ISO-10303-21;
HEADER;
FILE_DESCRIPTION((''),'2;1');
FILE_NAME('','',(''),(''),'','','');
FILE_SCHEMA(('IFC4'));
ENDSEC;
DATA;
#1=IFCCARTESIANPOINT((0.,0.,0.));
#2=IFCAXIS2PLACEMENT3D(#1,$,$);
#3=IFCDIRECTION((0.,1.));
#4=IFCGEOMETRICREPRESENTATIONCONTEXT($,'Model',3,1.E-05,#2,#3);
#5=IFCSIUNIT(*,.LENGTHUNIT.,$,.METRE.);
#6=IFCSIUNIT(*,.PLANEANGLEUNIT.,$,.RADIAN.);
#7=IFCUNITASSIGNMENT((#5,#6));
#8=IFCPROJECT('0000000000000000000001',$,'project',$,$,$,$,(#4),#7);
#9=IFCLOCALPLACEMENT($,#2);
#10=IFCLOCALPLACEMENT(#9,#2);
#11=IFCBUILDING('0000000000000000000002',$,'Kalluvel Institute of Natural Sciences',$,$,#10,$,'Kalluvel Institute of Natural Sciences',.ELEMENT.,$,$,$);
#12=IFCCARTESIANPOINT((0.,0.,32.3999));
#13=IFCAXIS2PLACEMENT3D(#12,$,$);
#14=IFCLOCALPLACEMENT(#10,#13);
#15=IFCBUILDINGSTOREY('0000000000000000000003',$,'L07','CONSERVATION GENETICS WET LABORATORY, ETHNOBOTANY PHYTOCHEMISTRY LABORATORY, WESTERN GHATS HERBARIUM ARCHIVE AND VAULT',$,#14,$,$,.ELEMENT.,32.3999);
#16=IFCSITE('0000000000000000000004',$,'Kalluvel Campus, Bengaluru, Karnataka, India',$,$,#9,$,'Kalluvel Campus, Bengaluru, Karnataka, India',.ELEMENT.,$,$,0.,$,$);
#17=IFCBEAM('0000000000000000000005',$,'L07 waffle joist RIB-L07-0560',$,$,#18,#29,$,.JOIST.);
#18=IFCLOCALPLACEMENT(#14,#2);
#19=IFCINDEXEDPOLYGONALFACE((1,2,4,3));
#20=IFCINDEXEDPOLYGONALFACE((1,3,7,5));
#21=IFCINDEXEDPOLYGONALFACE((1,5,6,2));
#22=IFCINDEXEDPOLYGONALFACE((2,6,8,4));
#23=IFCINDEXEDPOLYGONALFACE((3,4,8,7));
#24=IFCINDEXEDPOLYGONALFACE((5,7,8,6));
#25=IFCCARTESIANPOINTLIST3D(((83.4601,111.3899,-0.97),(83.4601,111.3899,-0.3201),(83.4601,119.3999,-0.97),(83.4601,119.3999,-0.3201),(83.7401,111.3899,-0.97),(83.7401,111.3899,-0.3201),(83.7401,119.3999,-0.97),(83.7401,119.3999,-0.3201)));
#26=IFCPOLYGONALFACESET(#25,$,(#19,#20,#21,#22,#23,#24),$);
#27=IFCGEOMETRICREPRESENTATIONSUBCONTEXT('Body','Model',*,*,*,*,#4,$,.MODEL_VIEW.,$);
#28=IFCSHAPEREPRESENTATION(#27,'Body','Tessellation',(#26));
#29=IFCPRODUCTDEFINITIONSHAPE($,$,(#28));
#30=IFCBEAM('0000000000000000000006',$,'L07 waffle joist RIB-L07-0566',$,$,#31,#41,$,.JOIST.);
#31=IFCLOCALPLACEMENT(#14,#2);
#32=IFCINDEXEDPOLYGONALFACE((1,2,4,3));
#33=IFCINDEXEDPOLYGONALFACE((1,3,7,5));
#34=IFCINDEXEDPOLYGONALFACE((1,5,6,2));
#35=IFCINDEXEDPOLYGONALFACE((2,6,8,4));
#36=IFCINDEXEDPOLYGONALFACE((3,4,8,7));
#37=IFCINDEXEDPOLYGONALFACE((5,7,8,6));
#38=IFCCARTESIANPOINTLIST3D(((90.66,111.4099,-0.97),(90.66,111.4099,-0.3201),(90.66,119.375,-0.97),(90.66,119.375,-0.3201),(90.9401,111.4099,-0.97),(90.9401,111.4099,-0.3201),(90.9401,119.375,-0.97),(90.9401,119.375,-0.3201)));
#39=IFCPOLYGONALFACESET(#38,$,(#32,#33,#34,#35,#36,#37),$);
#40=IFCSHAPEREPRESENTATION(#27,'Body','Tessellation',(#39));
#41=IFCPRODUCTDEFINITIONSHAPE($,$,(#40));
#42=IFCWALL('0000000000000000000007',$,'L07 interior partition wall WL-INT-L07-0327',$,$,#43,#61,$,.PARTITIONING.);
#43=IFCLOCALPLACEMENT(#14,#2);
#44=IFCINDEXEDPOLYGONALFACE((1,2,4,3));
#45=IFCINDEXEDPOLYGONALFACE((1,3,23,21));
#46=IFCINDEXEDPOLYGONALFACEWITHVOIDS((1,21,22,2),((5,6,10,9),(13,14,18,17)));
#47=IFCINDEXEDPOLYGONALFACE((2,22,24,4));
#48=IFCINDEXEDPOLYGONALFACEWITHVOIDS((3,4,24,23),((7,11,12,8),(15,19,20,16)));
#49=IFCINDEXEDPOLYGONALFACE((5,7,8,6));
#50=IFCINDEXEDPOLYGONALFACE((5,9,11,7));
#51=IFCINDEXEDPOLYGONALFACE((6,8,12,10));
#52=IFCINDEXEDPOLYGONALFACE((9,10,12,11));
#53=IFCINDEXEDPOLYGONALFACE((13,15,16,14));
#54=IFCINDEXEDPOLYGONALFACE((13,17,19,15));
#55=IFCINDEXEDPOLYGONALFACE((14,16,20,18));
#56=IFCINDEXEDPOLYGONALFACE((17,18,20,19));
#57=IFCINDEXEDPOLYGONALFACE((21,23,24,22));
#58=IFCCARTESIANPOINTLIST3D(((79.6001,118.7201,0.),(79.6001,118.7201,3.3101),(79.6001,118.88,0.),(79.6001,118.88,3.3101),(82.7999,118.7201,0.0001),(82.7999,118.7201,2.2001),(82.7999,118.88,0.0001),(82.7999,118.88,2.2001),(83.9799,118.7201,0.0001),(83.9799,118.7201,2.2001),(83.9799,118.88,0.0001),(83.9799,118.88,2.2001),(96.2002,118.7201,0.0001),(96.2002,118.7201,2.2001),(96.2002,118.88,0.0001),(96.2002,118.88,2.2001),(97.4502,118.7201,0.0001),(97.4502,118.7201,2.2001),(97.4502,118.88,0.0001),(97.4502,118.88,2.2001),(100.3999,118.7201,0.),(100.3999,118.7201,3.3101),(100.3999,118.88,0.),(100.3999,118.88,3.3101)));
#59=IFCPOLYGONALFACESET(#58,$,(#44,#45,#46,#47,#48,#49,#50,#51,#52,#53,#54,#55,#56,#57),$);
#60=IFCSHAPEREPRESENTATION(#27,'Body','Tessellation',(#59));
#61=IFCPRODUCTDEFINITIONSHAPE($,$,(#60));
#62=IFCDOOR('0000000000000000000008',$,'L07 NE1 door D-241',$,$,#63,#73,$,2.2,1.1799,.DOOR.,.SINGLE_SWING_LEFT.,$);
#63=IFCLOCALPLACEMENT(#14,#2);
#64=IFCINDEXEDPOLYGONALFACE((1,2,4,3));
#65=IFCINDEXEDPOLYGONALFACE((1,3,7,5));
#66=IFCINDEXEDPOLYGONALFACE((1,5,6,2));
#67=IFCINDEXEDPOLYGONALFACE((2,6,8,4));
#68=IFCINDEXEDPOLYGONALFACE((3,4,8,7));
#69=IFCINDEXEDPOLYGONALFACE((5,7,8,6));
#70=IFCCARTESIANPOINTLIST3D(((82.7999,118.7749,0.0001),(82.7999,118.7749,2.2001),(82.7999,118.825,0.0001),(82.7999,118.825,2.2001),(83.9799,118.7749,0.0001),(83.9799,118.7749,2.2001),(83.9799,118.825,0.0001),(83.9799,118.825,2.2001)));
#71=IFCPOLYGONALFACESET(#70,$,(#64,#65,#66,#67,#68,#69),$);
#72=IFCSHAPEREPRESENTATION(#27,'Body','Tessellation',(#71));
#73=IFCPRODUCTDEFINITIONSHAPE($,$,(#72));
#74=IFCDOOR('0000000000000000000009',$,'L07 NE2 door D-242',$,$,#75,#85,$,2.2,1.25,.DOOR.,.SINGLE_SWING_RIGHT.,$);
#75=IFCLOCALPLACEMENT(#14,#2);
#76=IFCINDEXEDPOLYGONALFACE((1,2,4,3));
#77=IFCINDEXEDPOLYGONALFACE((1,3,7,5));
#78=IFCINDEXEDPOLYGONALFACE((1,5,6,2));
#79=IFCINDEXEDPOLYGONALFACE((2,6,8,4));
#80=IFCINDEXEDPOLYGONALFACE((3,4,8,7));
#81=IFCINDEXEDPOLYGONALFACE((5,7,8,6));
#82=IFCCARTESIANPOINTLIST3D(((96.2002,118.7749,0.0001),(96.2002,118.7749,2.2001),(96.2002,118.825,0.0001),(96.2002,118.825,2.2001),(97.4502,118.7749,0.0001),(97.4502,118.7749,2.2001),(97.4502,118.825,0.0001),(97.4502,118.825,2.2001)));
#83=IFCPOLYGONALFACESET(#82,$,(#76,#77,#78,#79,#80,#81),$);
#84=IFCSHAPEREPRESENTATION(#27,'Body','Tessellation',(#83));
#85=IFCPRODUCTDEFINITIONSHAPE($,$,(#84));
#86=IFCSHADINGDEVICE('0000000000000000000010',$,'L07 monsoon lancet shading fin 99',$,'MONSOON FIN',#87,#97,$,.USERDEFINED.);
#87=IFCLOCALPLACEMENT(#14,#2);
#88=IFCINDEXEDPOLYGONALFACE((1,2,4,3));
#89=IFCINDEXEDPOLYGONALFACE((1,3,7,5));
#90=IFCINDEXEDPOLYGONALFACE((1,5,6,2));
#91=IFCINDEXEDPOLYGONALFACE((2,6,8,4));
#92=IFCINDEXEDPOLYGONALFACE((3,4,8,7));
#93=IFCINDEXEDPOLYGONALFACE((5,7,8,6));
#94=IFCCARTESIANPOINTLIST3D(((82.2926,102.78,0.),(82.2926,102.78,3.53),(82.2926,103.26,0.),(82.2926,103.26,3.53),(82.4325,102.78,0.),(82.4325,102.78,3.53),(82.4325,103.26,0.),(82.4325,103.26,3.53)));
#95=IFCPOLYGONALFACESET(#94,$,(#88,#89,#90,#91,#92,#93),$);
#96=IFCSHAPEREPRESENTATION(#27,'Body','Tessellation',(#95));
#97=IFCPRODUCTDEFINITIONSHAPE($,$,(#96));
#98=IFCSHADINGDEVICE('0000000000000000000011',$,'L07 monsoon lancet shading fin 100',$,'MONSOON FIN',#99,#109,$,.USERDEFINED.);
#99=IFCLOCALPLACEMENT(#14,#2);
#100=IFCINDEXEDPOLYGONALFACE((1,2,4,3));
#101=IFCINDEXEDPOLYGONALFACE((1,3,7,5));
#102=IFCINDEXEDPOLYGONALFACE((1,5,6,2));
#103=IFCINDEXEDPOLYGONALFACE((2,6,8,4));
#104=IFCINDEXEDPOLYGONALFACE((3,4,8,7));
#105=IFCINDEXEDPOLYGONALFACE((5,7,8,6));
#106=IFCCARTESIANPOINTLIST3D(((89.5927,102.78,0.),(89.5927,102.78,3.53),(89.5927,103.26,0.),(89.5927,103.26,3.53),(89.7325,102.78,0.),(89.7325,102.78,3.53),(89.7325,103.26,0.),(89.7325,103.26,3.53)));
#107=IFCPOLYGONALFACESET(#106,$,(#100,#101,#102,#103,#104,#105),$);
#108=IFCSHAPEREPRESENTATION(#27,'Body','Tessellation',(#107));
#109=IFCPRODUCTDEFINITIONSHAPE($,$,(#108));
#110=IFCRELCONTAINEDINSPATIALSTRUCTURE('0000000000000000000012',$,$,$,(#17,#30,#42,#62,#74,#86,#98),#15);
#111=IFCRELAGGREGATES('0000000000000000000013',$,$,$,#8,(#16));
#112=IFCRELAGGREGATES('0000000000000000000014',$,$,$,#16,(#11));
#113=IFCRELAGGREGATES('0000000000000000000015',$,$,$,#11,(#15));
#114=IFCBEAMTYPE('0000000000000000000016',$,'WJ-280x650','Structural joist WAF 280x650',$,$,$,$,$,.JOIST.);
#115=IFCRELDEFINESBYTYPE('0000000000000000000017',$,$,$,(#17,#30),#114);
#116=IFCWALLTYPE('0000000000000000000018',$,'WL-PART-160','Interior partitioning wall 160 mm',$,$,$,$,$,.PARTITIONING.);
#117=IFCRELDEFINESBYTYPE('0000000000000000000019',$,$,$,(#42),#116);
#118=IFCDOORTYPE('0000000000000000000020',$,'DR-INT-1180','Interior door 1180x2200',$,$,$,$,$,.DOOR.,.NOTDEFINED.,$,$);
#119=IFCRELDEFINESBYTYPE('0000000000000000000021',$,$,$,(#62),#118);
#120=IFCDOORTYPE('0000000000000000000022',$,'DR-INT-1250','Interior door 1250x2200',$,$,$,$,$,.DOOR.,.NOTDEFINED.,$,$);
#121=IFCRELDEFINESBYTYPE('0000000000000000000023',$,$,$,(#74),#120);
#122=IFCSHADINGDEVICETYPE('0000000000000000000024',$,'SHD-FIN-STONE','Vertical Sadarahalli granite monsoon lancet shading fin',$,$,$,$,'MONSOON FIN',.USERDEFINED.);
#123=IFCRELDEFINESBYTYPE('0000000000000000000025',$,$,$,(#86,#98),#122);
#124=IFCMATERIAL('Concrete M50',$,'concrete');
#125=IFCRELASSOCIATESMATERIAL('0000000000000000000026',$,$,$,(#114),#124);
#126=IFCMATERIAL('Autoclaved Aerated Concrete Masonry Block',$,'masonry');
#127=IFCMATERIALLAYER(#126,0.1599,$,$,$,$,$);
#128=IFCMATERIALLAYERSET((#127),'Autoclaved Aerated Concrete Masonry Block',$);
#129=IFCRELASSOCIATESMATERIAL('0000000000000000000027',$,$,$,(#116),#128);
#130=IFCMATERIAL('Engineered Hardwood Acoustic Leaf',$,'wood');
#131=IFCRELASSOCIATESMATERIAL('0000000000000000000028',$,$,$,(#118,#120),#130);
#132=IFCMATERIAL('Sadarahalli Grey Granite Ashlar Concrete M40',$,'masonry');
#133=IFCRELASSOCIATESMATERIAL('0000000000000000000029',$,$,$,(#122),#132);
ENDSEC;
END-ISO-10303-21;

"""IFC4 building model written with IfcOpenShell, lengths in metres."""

from ifc_helpers import new_model, si_unit, direction, frame, frame_2d, origin, origin_2d, place, context, subcontext, project, spatial, rectangle, extrude, material, layer, layer_set, material_profile, profile_set, type_object, element, fill, save


model = new_model("IFC4")

# Units and contexts
model_context = context("Model", 3, precision=1e-05, world=origin(), true_north=direction((0.0, 1.0)))
body_context = subcontext(model_context, "Body", "Model", "MODEL_VIEW")
ifc_project = project(units=[si_unit("LENGTHUNIT", "METRE"), si_unit("PLANEANGLEUNIT", "RADIAN")], contexts=[model_context])

# Site, building, storey
site_placement = place(None, origin())
site = spatial("IfcSite", under=ifc_project, at=site_placement, Name="Kalluvel Campus, Bengaluru, Karnataka, India", LongName="Kalluvel Campus, Bengaluru, Karnataka, India", CompositionType="ELEMENT", RefElevation=0.0)
building_placement = place(site_placement, origin())
building = spatial("IfcBuilding", under=site, at=building_placement, Name="Kalluvel Institute of Natural Sciences", LongName="Kalluvel Institute of Natural Sciences", CompositionType="ELEMENT")
storey_placement = place(building_placement, frame((0.0, 0.0, 32.3999)))
storey = spatial("IfcBuildingStorey", under=building, at=storey_placement, Name="L07", Description="CONSERVATION GENETICS WET LABORATORY, ETHNOBOTANY PHYTOCHEMISTRY LABORATORY, WESTERN GHATS HERBARIUM ARCHIVE AND VAULT", CompositionType="ELEMENT", Elevation=32.3999)

# Beams
ifc_material_1 = material(Name="Concrete M50", Category="concrete")
ifc_material_profile_1 = material_profile(ifc_material_1, rectangle(XDim=0.28, YDim=0.6499, at=origin_2d()), Name="WAF 280x650")
ifc_profile_set_1 = profile_set([ifc_material_profile_1], Name="Concrete M50")
beam_type_1 = type_object("IfcBeamType", Name="WJ-280x650", Description="Structural joist WAF 280x650", PredefinedType="JOIST", material=ifc_profile_set_1)
beam_1_placement = place(storey_placement, frame((83.6001, 111.3899, -0.645), z_axis=(0.0, 1.0, 0.0), x_axis=(-1.0, 0.0, 0.0)))
element("IfcBeam", 1, at=beam_1_placement, inside=storey, type_object=beam_type_1, Name="L07 waffle joist RIB-L07-0560", PredefinedType="JOIST", context=body_context, shape_type="SweptSolid", body=[
    extrude(rectangle(XDim=0.28, YDim=0.6499, at=origin_2d()), origin(), (0.0, 0.0, 1.0), 8.01),
])
beam_2_placement = place(storey_placement, frame((90.8, 111.4099, -0.645), z_axis=(0.0, 1.0, 0.0), x_axis=(-1.0, 0.0, 0.0)))
element("IfcBeam", 2, at=beam_2_placement, inside=storey, type_object=beam_type_1, Name="L07 waffle joist RIB-L07-0566", PredefinedType="JOIST", context=body_context, shape_type="SweptSolid", body=[
    extrude(rectangle(XDim=0.28, YDim=0.6499, at=origin_2d()), origin(), (0.0, 0.0, 1.0), 7.9651),
])

# Wall, openings, doors
ifc_material_2 = material(Name="Autoclaved Aerated Concrete Masonry Block", Category="masonry")
ifc_layer = layer(ifc_material_2, 0.1599)
ifc_layer_set = layer_set([ifc_layer], Name="Autoclaved Aerated Concrete Masonry Block")
wall_type = type_object("IfcWallType", Name="WL-PART-160", Description="Interior partitioning wall 160 mm", PredefinedType="PARTITIONING", material=ifc_layer_set)
wall_placement = place(storey_placement, frame((79.6001, 118.8, 0.0), z_axis=(0.0, 0.0, 1.0), x_axis=(1.0, 0.0, 0.0)))
wall = element("IfcWall", 3, at=wall_placement, inside=storey, type_object=wall_type, Name="L07 interior partition wall WL-INT-L07-0327", PredefinedType="PARTITIONING", context=body_context, shape_type="SweptSolid", body=[
    extrude(rectangle(XDim=20.7998, YDim=0.1599, at=frame_2d((10.3999, 0.0))), origin(), (0.0, 0.0, 1.0), 3.3101),
])
opening_1_placement = place(wall_placement, frame((3.2, 0.0, 0.0)))
opening_1 = element("IfcOpeningElement", 4, at=opening_1_placement, cuts=wall, PredefinedType="OPENING", context=body_context, shape_type="SweptSolid", body=[
    extrude(rectangle(XDim=1.1799, YDim=2.2, at=frame_2d((0.5898, 1.1001))), frame((0.0, 0.0898, 0.0), z_axis=(0.0, -1.0, 0.0), x_axis=(1.0, 0.0, 0.0)), (0.0, 0.0, 1.0), 0.1799),
])
opening_2_placement = place(wall_placement, frame((16.6001, 0.0, 0.0)))
opening_2 = element("IfcOpeningElement", 5, at=opening_2_placement, cuts=wall, PredefinedType="OPENING", context=body_context, shape_type="SweptSolid", body=[
    extrude(rectangle(XDim=1.25, YDim=2.2, at=frame_2d((0.625, 1.1001))), frame((0.0, 0.0898, 0.0), z_axis=(0.0, -1.0, 0.0), x_axis=(1.0, 0.0, 0.0)), (0.0, 0.0, 1.0), 0.1799),
])
ifc_material_3 = material(Name="Engineered Hardwood Acoustic Leaf", Category="wood")
door_type_1 = type_object("IfcDoorType", Name="DR-INT-1180", Description="Interior door 1180x2200", OperationType="NOTDEFINED", PredefinedType="DOOR", material=ifc_material_3)
door_1_placement = place(opening_1_placement, origin())
door_1 = element("IfcDoor", 6, at=door_1_placement, inside=storey, type_object=door_type_1, Name="L07 NE1 door D-241", OperationType="SINGLE_SWING_LEFT", OverallHeight=2.2, OverallWidth=1.1799, PredefinedType="DOOR", context=body_context, shape_type="SweptSolid", body=[
    extrude(rectangle(XDim=1.1799, YDim=2.2, at=frame_2d((0.5898, 1.1001))), frame((0.0, 0.0249, 0.0), z_axis=(0.0, -1.0, 0.0), x_axis=(1.0, 0.0, 0.0)), (0.0, 0.0, 1.0), 0.05),
])
fill(opening_1, door_1)
door_type_2 = type_object("IfcDoorType", Name="DR-INT-1250", Description="Interior door 1250x2200", OperationType="NOTDEFINED", PredefinedType="DOOR", material=ifc_material_3)
door_2_placement = place(opening_2_placement, origin())
door_2 = element("IfcDoor", 7, at=door_2_placement, inside=storey, type_object=door_type_2, Name="L07 NE2 door D-242", OperationType="SINGLE_SWING_RIGHT", OverallHeight=2.2, OverallWidth=1.25, PredefinedType="DOOR", context=body_context, shape_type="SweptSolid", body=[
    extrude(rectangle(XDim=1.25, YDim=2.2, at=frame_2d((0.625, 1.1001))), frame((0.0, 0.0249, 0.0), z_axis=(0.0, -1.0, 0.0), x_axis=(1.0, 0.0, 0.0)), (0.0, 0.0, 1.0), 0.05),
])
fill(opening_2, door_2)

# Shading devices
ifc_material_4 = material(Name="Sadarahalli Grey Granite Ashlar Concrete M40", Category="masonry")
shading_device_type = type_object("IfcShadingDeviceType", Name="SHD-FIN-STONE", Description="Vertical Sadarahalli granite monsoon lancet shading fin", ElementType="MONSOON FIN", PredefinedType="USERDEFINED", material=ifc_material_4)
for number, where, z_axis, x_axis, name in (
    (8, (82.3625, 103.02, 0.0), (0.0, 0.0, 1.0), (1.0, 0.0, 0.0), "L07 monsoon lancet shading fin 99"),
    (9, (89.6626, 103.02, 0.0), (0.0, 0.0, 1.0), (1.0, 0.0, 0.0), "L07 monsoon lancet shading fin 100"),
):
    element("IfcShadingDevice", number, at=place(storey_placement, frame(where, z_axis=z_axis, x_axis=x_axis)), inside=storey, type_object=shading_device_type, Name=name, ObjectType="MONSOON FIN", PredefinedType="USERDEFINED", context=body_context, shape_type="SweptSolid", body=[
        extrude(rectangle(XDim=0.1399, YDim=0.48, at=origin_2d()), origin(), (0.0, 0.0, 1.0), 3.53),
    ])

save(model, "model.ifc")
